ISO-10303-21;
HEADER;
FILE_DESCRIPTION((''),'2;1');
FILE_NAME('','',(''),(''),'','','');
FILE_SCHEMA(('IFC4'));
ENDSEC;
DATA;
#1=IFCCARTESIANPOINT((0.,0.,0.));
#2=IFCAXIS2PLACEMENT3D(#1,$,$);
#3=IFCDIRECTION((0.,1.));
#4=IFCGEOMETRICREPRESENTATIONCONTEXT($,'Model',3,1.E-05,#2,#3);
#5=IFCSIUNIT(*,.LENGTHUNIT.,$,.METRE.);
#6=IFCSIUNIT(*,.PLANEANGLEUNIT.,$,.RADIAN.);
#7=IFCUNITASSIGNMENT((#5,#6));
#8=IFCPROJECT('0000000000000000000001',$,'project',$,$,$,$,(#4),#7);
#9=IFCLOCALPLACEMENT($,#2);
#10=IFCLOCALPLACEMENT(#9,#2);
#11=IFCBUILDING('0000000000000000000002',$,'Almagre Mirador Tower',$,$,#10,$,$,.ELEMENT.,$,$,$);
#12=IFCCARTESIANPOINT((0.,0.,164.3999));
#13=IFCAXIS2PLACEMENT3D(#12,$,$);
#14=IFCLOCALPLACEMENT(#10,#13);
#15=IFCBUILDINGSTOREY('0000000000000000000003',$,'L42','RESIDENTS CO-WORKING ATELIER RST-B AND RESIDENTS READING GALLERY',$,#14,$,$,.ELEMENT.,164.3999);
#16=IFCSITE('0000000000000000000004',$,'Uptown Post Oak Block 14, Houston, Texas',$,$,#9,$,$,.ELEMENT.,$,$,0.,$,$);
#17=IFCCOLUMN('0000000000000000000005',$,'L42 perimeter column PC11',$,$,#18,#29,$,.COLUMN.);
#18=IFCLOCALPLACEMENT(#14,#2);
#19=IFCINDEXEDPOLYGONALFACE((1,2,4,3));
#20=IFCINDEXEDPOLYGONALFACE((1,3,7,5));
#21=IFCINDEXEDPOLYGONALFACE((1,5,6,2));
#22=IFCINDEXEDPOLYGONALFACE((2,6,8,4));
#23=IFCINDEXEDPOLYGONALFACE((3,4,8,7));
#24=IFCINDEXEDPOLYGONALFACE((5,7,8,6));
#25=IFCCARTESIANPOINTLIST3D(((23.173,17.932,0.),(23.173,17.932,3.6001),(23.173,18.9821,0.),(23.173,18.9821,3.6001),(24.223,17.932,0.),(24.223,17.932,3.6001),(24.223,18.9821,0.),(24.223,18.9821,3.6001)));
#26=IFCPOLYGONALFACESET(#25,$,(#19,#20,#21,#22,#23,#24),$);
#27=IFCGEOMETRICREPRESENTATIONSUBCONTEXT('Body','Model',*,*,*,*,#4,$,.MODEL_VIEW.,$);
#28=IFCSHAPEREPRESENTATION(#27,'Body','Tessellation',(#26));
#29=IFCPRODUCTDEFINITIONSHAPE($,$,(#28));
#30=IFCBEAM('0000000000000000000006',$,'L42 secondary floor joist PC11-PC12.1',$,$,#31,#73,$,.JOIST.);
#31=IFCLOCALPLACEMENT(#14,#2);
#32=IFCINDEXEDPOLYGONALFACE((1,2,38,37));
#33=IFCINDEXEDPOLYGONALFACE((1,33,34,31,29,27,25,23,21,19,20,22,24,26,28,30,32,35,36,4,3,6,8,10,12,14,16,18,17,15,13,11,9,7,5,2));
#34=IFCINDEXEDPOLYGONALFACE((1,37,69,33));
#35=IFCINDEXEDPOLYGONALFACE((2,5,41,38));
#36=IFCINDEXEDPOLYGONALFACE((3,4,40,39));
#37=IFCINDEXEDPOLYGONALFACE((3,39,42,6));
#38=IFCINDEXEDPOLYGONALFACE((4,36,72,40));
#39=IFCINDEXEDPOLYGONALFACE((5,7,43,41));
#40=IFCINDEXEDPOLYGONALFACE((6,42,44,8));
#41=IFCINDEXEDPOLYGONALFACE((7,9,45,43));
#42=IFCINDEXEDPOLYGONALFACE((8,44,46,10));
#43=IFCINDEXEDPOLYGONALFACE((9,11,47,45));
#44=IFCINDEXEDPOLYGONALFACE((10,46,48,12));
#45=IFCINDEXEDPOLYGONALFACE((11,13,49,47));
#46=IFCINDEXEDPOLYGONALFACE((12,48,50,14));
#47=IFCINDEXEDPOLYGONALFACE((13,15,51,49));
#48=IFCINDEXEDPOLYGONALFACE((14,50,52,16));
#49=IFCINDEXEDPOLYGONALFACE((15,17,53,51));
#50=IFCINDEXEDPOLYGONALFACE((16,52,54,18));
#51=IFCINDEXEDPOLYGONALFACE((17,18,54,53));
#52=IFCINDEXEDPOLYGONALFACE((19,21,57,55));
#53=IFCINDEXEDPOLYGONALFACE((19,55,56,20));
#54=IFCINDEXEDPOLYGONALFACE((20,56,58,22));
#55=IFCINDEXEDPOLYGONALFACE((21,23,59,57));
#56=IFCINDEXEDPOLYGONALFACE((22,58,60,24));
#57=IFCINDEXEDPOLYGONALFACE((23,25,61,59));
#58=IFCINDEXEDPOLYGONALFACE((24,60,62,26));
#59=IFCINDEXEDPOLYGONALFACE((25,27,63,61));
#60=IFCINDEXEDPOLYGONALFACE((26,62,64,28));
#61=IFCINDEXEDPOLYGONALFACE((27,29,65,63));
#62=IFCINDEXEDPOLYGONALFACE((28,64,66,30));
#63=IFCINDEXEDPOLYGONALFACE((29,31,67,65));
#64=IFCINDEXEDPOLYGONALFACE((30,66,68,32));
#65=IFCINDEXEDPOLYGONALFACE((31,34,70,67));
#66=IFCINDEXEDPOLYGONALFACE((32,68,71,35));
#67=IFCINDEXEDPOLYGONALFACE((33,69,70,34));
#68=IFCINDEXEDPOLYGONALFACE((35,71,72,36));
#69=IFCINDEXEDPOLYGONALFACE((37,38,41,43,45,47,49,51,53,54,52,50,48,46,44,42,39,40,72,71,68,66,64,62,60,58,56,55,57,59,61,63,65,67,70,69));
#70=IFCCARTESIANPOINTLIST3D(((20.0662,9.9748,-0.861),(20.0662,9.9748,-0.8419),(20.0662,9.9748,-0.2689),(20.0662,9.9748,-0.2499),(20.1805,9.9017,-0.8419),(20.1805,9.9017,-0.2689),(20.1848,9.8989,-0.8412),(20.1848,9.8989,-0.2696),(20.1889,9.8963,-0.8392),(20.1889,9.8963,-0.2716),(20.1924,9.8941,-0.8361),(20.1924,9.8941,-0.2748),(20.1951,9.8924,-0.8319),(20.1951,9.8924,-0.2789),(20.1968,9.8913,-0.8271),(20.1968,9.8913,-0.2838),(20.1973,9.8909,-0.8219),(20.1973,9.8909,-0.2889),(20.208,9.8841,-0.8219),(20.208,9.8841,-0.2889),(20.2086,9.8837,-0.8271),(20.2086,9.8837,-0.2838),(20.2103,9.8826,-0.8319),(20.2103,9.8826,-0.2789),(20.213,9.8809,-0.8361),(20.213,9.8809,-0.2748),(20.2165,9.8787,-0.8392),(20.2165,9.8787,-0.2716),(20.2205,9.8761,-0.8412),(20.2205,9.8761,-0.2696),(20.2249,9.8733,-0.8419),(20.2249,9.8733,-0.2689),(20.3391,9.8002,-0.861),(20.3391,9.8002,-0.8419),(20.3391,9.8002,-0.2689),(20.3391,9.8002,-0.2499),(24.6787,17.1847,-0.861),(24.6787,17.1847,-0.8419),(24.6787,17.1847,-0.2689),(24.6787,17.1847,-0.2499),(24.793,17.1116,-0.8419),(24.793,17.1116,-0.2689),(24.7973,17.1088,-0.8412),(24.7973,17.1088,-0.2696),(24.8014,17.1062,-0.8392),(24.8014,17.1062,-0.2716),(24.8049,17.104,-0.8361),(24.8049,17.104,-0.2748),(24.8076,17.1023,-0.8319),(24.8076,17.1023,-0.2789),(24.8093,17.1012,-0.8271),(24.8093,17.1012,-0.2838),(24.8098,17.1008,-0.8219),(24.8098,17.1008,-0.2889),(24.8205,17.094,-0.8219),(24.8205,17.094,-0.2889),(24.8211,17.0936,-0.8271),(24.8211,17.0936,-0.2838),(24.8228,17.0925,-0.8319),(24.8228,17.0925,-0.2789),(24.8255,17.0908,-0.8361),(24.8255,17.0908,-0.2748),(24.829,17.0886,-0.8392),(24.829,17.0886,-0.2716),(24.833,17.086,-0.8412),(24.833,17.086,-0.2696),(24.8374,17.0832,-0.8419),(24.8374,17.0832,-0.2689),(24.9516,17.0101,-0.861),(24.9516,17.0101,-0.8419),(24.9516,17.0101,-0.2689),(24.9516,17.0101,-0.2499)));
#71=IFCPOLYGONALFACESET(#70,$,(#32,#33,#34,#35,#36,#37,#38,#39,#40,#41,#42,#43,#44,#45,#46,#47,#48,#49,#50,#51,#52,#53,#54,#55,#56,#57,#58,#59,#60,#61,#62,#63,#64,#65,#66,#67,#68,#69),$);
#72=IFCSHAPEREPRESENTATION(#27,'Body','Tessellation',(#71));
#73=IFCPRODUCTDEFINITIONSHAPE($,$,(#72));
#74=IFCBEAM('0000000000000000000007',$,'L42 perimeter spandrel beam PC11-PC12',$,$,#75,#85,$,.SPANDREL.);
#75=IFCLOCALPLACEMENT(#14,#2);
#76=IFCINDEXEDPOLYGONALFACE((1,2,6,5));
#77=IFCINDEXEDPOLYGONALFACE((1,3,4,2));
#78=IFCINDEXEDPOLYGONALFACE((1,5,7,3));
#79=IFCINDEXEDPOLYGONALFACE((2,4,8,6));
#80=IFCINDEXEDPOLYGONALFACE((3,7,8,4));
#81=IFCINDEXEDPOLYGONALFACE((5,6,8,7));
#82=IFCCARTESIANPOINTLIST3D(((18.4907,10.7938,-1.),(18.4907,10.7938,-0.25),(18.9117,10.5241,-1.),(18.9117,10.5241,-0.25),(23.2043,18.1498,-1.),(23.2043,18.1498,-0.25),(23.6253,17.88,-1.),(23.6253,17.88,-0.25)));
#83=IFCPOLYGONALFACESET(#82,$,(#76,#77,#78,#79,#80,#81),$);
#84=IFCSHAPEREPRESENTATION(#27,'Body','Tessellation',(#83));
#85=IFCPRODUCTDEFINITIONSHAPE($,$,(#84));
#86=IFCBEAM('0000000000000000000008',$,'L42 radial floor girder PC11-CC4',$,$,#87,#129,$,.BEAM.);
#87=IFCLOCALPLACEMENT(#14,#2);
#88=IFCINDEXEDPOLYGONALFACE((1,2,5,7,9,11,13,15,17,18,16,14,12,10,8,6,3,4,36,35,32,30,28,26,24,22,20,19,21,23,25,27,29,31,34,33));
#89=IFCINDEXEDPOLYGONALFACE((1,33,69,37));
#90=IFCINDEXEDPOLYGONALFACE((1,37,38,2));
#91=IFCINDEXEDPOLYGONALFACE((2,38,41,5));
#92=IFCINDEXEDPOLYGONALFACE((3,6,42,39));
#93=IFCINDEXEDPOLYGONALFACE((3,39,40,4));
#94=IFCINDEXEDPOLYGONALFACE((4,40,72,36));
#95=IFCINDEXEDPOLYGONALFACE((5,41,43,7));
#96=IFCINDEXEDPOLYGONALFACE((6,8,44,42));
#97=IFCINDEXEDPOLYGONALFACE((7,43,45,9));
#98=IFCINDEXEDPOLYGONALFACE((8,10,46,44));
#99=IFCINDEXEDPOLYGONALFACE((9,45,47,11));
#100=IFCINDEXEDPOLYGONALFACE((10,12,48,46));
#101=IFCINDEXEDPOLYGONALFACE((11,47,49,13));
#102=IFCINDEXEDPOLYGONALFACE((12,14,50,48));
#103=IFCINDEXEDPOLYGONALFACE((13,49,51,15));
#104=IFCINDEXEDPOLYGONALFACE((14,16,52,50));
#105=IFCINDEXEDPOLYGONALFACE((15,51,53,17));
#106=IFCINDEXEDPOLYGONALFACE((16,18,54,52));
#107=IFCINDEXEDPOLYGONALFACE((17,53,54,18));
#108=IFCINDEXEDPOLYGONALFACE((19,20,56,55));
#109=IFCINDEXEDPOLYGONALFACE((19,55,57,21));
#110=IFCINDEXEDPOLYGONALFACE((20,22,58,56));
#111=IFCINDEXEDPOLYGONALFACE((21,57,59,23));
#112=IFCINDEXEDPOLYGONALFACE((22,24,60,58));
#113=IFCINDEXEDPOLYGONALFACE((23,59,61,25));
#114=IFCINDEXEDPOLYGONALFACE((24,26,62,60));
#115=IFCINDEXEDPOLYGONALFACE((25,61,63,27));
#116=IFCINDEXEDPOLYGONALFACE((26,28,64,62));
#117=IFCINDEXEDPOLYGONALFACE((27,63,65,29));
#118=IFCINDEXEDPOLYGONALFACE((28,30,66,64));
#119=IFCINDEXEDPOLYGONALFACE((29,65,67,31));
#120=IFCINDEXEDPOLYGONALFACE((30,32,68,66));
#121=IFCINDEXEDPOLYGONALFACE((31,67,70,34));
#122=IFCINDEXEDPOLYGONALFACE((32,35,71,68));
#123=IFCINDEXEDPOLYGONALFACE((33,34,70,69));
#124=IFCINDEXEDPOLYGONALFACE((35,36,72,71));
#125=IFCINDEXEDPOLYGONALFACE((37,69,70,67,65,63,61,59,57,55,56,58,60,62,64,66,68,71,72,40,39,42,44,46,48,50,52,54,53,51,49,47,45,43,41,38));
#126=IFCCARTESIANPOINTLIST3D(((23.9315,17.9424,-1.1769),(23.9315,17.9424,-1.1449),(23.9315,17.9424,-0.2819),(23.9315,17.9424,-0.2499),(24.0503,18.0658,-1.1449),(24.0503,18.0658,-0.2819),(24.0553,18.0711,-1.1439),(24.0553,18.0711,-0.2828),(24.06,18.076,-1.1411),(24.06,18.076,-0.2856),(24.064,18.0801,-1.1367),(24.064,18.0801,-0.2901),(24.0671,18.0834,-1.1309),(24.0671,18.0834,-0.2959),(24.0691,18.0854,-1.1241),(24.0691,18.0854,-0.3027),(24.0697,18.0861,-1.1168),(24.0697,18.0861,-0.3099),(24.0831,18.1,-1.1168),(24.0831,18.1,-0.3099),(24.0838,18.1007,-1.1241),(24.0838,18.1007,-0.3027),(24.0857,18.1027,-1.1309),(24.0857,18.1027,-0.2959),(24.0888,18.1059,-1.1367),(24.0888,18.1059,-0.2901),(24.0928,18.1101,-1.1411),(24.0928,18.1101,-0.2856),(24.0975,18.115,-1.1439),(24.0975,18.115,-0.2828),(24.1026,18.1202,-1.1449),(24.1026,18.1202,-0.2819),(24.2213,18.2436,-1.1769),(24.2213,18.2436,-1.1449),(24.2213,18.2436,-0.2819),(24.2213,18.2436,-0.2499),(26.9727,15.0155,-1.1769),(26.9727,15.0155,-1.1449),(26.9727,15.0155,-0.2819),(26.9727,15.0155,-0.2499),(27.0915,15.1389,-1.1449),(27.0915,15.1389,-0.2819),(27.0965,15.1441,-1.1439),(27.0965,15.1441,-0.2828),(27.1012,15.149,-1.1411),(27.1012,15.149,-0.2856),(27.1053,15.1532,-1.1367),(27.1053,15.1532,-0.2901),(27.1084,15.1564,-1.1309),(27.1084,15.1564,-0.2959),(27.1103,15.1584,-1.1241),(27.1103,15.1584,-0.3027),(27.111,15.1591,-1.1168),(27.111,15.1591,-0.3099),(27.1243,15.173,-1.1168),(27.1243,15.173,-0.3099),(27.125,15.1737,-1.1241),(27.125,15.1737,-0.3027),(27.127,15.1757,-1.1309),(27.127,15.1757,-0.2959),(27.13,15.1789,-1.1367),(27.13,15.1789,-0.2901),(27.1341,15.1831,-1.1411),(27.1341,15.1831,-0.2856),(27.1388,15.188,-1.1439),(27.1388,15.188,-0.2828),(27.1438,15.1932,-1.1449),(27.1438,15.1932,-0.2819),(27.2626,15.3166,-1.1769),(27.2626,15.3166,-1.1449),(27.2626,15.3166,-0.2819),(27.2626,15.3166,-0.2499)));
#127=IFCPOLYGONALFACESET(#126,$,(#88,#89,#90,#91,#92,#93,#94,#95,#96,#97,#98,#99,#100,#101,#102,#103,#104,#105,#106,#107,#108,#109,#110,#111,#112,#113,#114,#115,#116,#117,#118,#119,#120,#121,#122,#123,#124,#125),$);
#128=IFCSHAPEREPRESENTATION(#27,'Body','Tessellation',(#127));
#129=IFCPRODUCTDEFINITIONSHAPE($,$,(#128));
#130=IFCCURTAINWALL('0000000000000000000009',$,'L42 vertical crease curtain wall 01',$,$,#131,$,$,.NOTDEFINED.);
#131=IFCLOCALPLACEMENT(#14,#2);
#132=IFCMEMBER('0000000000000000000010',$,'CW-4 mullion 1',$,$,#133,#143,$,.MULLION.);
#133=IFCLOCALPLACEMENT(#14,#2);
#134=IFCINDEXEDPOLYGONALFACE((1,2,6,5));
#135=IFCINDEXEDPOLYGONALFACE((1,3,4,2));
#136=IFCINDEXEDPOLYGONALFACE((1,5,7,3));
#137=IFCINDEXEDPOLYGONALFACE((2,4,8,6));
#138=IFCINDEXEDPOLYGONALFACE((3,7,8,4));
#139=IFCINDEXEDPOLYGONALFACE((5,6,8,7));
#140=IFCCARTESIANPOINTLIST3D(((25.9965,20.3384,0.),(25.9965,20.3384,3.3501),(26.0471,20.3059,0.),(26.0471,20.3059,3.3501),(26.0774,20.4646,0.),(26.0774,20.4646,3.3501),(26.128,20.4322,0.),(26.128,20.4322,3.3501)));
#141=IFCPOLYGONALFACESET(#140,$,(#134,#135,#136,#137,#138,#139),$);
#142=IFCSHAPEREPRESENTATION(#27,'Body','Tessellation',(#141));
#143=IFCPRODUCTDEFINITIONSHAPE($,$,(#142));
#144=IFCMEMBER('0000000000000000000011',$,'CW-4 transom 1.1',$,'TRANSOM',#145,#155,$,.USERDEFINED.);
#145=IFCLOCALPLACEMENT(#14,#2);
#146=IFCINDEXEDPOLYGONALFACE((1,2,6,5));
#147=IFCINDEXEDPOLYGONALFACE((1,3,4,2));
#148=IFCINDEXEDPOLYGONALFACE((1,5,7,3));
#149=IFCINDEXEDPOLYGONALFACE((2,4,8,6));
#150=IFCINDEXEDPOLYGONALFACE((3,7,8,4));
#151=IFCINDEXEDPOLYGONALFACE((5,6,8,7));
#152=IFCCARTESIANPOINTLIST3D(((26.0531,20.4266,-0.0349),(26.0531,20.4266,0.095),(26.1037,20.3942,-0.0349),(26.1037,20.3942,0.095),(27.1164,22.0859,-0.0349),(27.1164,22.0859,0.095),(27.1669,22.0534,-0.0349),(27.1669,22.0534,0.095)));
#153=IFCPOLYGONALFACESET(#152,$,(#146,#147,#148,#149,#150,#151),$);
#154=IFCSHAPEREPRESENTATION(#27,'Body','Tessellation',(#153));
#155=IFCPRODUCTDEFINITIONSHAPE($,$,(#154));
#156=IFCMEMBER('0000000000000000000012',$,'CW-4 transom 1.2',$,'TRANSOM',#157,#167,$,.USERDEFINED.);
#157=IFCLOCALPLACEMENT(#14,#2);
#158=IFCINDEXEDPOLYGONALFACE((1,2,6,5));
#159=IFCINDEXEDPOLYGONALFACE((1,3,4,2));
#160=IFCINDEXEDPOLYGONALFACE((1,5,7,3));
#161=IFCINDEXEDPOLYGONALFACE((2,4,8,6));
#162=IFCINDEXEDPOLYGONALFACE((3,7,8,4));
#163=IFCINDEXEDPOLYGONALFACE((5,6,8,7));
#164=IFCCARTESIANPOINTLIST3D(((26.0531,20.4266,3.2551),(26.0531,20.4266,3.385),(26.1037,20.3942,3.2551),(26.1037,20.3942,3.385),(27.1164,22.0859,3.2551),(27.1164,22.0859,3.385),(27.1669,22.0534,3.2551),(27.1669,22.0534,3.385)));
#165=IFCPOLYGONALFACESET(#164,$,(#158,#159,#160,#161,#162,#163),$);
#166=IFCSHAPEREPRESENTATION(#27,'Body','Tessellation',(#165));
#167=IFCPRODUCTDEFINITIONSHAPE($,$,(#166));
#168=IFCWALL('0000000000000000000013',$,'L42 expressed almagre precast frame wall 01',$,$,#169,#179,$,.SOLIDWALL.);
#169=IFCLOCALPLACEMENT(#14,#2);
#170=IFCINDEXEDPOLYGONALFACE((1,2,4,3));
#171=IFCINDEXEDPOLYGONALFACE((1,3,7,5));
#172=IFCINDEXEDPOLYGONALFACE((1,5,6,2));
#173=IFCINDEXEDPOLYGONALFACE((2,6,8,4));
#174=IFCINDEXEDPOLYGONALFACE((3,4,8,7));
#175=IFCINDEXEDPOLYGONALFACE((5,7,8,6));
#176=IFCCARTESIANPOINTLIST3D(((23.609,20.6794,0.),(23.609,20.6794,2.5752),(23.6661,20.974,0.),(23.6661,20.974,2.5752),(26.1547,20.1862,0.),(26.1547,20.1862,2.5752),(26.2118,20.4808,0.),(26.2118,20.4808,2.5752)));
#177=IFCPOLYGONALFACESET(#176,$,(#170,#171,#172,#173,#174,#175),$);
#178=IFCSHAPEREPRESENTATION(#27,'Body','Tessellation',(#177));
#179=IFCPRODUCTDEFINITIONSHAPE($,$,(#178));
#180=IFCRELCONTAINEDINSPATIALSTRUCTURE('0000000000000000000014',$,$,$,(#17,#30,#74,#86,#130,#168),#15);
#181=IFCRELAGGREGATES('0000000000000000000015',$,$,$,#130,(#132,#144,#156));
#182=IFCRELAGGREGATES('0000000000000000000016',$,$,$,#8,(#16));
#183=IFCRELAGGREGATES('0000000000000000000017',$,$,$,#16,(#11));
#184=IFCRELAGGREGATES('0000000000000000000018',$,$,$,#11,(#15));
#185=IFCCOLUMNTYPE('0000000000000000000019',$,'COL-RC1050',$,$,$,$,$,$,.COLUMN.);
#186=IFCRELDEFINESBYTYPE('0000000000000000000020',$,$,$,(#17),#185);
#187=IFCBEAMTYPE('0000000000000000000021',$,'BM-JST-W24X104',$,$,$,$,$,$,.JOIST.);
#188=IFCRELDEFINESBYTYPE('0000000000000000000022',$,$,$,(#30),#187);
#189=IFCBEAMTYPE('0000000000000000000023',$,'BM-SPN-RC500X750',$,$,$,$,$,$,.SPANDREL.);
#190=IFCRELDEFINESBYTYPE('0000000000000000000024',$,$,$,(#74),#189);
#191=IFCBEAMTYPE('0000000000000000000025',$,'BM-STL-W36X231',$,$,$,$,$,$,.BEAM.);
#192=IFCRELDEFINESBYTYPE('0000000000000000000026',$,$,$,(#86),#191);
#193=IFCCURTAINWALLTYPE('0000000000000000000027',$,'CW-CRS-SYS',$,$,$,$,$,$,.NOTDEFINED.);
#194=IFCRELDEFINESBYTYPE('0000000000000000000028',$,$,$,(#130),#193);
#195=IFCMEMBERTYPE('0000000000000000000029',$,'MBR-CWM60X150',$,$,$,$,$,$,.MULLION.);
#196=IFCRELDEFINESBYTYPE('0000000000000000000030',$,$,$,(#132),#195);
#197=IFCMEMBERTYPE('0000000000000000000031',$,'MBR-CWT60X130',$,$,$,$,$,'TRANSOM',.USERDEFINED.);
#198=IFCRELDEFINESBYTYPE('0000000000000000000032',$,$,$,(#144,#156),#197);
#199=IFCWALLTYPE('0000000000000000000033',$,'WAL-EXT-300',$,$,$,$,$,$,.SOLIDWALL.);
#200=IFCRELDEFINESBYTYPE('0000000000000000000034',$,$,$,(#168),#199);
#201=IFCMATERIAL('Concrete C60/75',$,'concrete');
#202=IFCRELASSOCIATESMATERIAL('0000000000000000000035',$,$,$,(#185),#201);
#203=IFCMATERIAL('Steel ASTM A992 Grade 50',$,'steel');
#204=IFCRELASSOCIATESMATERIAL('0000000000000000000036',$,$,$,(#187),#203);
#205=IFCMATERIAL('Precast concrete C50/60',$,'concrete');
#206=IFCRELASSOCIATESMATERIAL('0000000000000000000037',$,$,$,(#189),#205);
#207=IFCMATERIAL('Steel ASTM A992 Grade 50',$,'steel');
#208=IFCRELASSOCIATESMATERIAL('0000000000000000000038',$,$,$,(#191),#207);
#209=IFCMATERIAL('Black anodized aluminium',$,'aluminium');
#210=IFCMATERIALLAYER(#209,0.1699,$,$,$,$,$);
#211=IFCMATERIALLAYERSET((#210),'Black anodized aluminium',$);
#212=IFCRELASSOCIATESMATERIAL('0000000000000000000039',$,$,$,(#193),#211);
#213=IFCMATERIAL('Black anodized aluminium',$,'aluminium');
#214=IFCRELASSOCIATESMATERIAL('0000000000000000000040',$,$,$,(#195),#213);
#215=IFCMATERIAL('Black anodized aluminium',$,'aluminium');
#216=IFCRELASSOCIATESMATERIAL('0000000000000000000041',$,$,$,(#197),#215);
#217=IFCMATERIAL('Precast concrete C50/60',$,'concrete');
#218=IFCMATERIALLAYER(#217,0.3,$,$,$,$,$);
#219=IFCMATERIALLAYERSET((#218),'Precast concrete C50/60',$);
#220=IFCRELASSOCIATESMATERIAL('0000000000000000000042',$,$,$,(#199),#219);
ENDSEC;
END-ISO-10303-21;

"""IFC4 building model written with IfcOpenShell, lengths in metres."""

from ifc_helpers import new_model, si_unit, direction, frame, frame_2d, origin, origin_2d, place, context, subcontext, project, spatial, rectangle, i_section, extrude, material, layer, layer_set, material_profile, profile_set, type_object, element, aggregate, save


model = new_model("IFC4")

# Units and contexts
model_context = context("Model", 3, precision=1e-05, world=origin(), true_north=direction((0.0, 1.0)))
body_context = subcontext(model_context, "Body", "Model", "MODEL_VIEW")
ifc_project = project(units=[si_unit("LENGTHUNIT", "METRE"), si_unit("PLANEANGLEUNIT", "RADIAN")], contexts=[model_context])

# Site, building, storey
site_placement = place(None, origin())
site = spatial("IfcSite", under=ifc_project, at=site_placement, Name="Uptown Post Oak Block 14, Houston, Texas", CompositionType="ELEMENT", RefElevation=0.0)
building_placement = place(site_placement, origin())
building = spatial("IfcBuilding", under=site, at=building_placement, Name="Almagre Mirador Tower", CompositionType="ELEMENT")
storey_placement = place(building_placement, frame((0.0, 0.0, 164.3999)))
storey = spatial("IfcBuildingStorey", under=building, at=storey_placement, Name="L42", Description="RESIDENTS CO-WORKING ATELIER RST-B AND RESIDENTS READING GALLERY", CompositionType="ELEMENT", Elevation=164.3999)

# Column
ifc_material_1 = material(Name="Concrete C60/75", Category="concrete")
ifc_material_profile_1 = material_profile(ifc_material_1, rectangle(XDim=1.05, YDim=1.05, at=origin_2d()), Name="RC1050X1050")
ifc_profile_set_1 = profile_set([ifc_material_profile_1], Name="Concrete C60/75")
column_type = type_object("IfcColumnType", Name="COL-RC1050", PredefinedType="COLUMN", material=ifc_profile_set_1)
column_placement = place(storey_placement, frame((23.698, 18.457, 0.0), z_axis=(0.0, 0.0, 1.0), x_axis=(1.0, 0.0, 0.0)))
element("IfcColumn", 1, at=column_placement, inside=storey, type_object=column_type, Name="L42 perimeter column PC11", PredefinedType="COLUMN", context=body_context, shape_type="SweptSolid", body=[
    extrude(rectangle(XDim=1.05, YDim=1.05, at=origin_2d()), origin(), (0.0, 0.0, 1.0), 3.6001),
])

# Beams
ifc_material_2 = material(Name="Steel ASTM A992 Grade 50", Category="steel")
ifc_material_profile_2 = material_profile(ifc_material_2, i_section(OverallWidth=0.324, OverallDepth=0.6111, WebThickness=0.0127, FlangeThickness=0.019, FilletRadius=0.02, at=origin_2d()), Name="W24X104")
ifc_profile_set_2 = profile_set([ifc_material_profile_2], Name="Steel ASTM A992 Grade 50")
beam_type_1 = type_object("IfcBeamType", Name="BM-JST-W24X104", PredefinedType="JOIST", material=ifc_profile_set_2)
beam_1_placement = place(storey_placement, frame((24.8152, 17.0974, -0.5554), z_axis=(-0.538902, -0.842368, 0.0), x_axis=(0.842368, -0.538902, 0.0)))
element("IfcBeam", 2, at=beam_1_placement, inside=storey, type_object=beam_type_1, Name="L42 secondary floor joist PC11-PC12.1", PredefinedType="JOIST", context=body_context, shape_type="SweptSolid", body=[
    extrude(i_section(OverallWidth=0.324, OverallDepth=0.6111, WebThickness=0.0127, FlangeThickness=0.019, FilletRadius=0.02, at=origin_2d()), origin(), (0.0, 0.0, 1.0), 8.5591),
])
ifc_material_3 = material(Name="Precast concrete C50/60", Category="concrete")
ifc_material_profile_3 = material_profile(ifc_material_3, rectangle(XDim=0.5, YDim=0.75, at=origin_2d()), Name="RC500X750")
ifc_profile_set_3 = profile_set([ifc_material_profile_3], Name="Precast concrete C50/60")
beam_type_2 = type_object("IfcBeamType", Name="BM-SPN-RC500X750", PredefinedType="SPANDREL", material=ifc_profile_set_3)
beam_2_placement = place(storey_placement, frame((23.4148, 18.0149, -0.625), z_axis=(-0.539525, -0.841969, 0.0), x_axis=(0.841969, -0.539525, 0.0)))
element("IfcBeam", 3, at=beam_2_placement, inside=storey, type_object=beam_type_2, Name="L42 perimeter spandrel beam PC11-PC12", PredefinedType="SPANDREL", context=body_context, shape_type="SweptSolid", body=[
    extrude(rectangle(XDim=0.5, YDim=0.75, at=origin_2d()), origin(), (0.0, 0.0, 1.0), 8.7366),
])
ifc_material_4 = material(Name="Steel ASTM A992 Grade 50", Category="steel")
ifc_material_profile_4 = material_profile(ifc_material_4, i_section(OverallWidth=0.418, OverallDepth=0.927, WebThickness=0.0193, FlangeThickness=0.032, FilletRadius=0.0281, at=origin_2d()), Name="W36X231")
ifc_profile_set_4 = profile_set([ifc_material_profile_4], Name="Steel ASTM A992 Grade 50")
beam_type_3 = type_object("IfcBeamType", Name="BM-STL-W36X231", PredefinedType="BEAM", material=ifc_profile_set_4)
beam_3_placement = place(storey_placement, frame((24.0764, 18.093, -0.7134), z_axis=(0.720512, -0.693443, 0.0), x_axis=(0.693443, 0.720512, 0.0)))
element("IfcBeam", 4, at=beam_3_placement, inside=storey, type_object=beam_type_3, Name="L42 radial floor girder PC11-CC4", PredefinedType="BEAM", context=body_context, shape_type="SweptSolid", body=[
    extrude(i_section(OverallWidth=0.418, OverallDepth=0.927, WebThickness=0.0193, FlangeThickness=0.032, FilletRadius=0.0281, at=origin_2d()), origin(), (0.0, 0.0, 1.0), 4.2209),
])

# Curtain wall, members
ifc_material_5 = material(Name="Black anodized aluminium", Category="aluminium")
ifc_layer_1 = layer(ifc_material_5, 0.1699)
ifc_layer_set_1 = layer_set([ifc_layer_1], Name="Black anodized aluminium")
curtain_wall_type = type_object("IfcCurtainWallType", Name="CW-CRS-SYS", PredefinedType="NOTDEFINED", material=ifc_layer_set_1)
curtain_wall_placement = place(storey_placement, origin())
curtain_wall = element("IfcCurtainWall", 5, at=curtain_wall_placement, inside=storey, type_object=curtain_wall_type, Name="L42 vertical crease curtain wall 01", PredefinedType="NOTDEFINED")
ifc_material_6 = material(Name="Black anodized aluminium", Category="aluminium")
ifc_material_profile_5 = material_profile(ifc_material_6, rectangle(XDim=0.0601, YDim=0.1499, at=origin_2d()), Name="CWM60X150")
ifc_profile_set_5 = profile_set([ifc_material_profile_5], Name="Black anodized aluminium")
member_type_1 = type_object("IfcMemberType", Name="MBR-CWM60X150", PredefinedType="MULLION", material=ifc_profile_set_5)
member_1_placement = place(storey_placement, frame((26.0623, 20.3853, 0.0), z_axis=(0.0, 0.0, 1.0), x_axis=(-0.841924, 0.539597, 0.0)))
member_1 = element("IfcMember", 6, at=member_1_placement, type_object=member_type_1, Name="CW-4 mullion 1", PredefinedType="MULLION", context=body_context, shape_type="SweptSolid", body=[
    extrude(rectangle(XDim=0.0601, YDim=0.1499, at=origin_2d()), origin(), (0.0, 0.0, 1.0), 3.3501),
])
ifc_material_7 = material(Name="Black anodized aluminium", Category="aluminium")
ifc_material_profile_6 = material_profile(ifc_material_7, rectangle(XDim=0.0601, YDim=0.1299, at=origin_2d()), Name="CWT60X130")
ifc_profile_set_6 = profile_set([ifc_material_profile_6], Name="Black anodized aluminium")
member_type_2 = type_object("IfcMemberType", Name="MBR-CWT60X130", ElementType="TRANSOM", PredefinedType="USERDEFINED", material=ifc_profile_set_6)
member_2_placement = place(storey_placement, frame((26.0784, 20.4104, 0.03), z_axis=(0.539542, 0.841959, 0.0), x_axis=(-0.841959, 0.539542, 0.0)))
member_2 = element("IfcMember", 7, at=member_2_placement, type_object=member_type_2, Name="CW-4 transom 1.1", ObjectType="TRANSOM", PredefinedType="USERDEFINED", context=body_context, shape_type="SweptSolid", body=[
    extrude(rectangle(XDim=0.0601, YDim=0.1299, at=origin_2d()), origin(), (0.0, 0.0, 1.0), 1.9707),
])
member_3_placement = place(storey_placement, frame((26.0784, 20.4104, 3.3201), z_axis=(0.539542, 0.841959, 0.0), x_axis=(-0.841959, 0.539542, 0.0)))
member_3 = element("IfcMember", 8, at=member_3_placement, type_object=member_type_2, Name="CW-4 transom 1.2", ObjectType="TRANSOM", PredefinedType="USERDEFINED", context=body_context, shape_type="SweptSolid", body=[
    extrude(rectangle(XDim=0.0601, YDim=0.1299, at=origin_2d()), origin(), (0.0, 0.0, 1.0), 1.9707),
])
aggregate(curtain_wall, [member_1, member_2, member_3])

# Wall
ifc_material_8 = material(Name="Precast concrete C50/60", Category="concrete")
ifc_layer_2 = layer(ifc_material_8, 0.3)
ifc_layer_set_2 = layer_set([ifc_layer_2], Name="Precast concrete C50/60")
wall_type_1 = type_object("IfcWallType", Name="WAL-EXT-300", PredefinedType="SOLIDWALL", material=ifc_layer_set_2)
wall_1_placement = place(storey_placement, frame((23.6377, 20.8267, 0.0), z_axis=(0.0, 0.0, 1.0), x_axis=(0.981747, -0.190192, 0.0)))
element("IfcWall", 9, at=wall_1_placement, inside=storey, type_object=wall_type_1, Name="L42 expressed almagre precast frame wall 01", PredefinedType="SOLIDWALL", context=body_context, shape_type="SweptSolid", body=[
    extrude(rectangle(XDim=2.593, YDim=0.3, at=frame_2d((1.2964, 0.0))), origin(), (0.0, 0.0, 1.0), 2.5752),
])

save(model, "model.ifc")
